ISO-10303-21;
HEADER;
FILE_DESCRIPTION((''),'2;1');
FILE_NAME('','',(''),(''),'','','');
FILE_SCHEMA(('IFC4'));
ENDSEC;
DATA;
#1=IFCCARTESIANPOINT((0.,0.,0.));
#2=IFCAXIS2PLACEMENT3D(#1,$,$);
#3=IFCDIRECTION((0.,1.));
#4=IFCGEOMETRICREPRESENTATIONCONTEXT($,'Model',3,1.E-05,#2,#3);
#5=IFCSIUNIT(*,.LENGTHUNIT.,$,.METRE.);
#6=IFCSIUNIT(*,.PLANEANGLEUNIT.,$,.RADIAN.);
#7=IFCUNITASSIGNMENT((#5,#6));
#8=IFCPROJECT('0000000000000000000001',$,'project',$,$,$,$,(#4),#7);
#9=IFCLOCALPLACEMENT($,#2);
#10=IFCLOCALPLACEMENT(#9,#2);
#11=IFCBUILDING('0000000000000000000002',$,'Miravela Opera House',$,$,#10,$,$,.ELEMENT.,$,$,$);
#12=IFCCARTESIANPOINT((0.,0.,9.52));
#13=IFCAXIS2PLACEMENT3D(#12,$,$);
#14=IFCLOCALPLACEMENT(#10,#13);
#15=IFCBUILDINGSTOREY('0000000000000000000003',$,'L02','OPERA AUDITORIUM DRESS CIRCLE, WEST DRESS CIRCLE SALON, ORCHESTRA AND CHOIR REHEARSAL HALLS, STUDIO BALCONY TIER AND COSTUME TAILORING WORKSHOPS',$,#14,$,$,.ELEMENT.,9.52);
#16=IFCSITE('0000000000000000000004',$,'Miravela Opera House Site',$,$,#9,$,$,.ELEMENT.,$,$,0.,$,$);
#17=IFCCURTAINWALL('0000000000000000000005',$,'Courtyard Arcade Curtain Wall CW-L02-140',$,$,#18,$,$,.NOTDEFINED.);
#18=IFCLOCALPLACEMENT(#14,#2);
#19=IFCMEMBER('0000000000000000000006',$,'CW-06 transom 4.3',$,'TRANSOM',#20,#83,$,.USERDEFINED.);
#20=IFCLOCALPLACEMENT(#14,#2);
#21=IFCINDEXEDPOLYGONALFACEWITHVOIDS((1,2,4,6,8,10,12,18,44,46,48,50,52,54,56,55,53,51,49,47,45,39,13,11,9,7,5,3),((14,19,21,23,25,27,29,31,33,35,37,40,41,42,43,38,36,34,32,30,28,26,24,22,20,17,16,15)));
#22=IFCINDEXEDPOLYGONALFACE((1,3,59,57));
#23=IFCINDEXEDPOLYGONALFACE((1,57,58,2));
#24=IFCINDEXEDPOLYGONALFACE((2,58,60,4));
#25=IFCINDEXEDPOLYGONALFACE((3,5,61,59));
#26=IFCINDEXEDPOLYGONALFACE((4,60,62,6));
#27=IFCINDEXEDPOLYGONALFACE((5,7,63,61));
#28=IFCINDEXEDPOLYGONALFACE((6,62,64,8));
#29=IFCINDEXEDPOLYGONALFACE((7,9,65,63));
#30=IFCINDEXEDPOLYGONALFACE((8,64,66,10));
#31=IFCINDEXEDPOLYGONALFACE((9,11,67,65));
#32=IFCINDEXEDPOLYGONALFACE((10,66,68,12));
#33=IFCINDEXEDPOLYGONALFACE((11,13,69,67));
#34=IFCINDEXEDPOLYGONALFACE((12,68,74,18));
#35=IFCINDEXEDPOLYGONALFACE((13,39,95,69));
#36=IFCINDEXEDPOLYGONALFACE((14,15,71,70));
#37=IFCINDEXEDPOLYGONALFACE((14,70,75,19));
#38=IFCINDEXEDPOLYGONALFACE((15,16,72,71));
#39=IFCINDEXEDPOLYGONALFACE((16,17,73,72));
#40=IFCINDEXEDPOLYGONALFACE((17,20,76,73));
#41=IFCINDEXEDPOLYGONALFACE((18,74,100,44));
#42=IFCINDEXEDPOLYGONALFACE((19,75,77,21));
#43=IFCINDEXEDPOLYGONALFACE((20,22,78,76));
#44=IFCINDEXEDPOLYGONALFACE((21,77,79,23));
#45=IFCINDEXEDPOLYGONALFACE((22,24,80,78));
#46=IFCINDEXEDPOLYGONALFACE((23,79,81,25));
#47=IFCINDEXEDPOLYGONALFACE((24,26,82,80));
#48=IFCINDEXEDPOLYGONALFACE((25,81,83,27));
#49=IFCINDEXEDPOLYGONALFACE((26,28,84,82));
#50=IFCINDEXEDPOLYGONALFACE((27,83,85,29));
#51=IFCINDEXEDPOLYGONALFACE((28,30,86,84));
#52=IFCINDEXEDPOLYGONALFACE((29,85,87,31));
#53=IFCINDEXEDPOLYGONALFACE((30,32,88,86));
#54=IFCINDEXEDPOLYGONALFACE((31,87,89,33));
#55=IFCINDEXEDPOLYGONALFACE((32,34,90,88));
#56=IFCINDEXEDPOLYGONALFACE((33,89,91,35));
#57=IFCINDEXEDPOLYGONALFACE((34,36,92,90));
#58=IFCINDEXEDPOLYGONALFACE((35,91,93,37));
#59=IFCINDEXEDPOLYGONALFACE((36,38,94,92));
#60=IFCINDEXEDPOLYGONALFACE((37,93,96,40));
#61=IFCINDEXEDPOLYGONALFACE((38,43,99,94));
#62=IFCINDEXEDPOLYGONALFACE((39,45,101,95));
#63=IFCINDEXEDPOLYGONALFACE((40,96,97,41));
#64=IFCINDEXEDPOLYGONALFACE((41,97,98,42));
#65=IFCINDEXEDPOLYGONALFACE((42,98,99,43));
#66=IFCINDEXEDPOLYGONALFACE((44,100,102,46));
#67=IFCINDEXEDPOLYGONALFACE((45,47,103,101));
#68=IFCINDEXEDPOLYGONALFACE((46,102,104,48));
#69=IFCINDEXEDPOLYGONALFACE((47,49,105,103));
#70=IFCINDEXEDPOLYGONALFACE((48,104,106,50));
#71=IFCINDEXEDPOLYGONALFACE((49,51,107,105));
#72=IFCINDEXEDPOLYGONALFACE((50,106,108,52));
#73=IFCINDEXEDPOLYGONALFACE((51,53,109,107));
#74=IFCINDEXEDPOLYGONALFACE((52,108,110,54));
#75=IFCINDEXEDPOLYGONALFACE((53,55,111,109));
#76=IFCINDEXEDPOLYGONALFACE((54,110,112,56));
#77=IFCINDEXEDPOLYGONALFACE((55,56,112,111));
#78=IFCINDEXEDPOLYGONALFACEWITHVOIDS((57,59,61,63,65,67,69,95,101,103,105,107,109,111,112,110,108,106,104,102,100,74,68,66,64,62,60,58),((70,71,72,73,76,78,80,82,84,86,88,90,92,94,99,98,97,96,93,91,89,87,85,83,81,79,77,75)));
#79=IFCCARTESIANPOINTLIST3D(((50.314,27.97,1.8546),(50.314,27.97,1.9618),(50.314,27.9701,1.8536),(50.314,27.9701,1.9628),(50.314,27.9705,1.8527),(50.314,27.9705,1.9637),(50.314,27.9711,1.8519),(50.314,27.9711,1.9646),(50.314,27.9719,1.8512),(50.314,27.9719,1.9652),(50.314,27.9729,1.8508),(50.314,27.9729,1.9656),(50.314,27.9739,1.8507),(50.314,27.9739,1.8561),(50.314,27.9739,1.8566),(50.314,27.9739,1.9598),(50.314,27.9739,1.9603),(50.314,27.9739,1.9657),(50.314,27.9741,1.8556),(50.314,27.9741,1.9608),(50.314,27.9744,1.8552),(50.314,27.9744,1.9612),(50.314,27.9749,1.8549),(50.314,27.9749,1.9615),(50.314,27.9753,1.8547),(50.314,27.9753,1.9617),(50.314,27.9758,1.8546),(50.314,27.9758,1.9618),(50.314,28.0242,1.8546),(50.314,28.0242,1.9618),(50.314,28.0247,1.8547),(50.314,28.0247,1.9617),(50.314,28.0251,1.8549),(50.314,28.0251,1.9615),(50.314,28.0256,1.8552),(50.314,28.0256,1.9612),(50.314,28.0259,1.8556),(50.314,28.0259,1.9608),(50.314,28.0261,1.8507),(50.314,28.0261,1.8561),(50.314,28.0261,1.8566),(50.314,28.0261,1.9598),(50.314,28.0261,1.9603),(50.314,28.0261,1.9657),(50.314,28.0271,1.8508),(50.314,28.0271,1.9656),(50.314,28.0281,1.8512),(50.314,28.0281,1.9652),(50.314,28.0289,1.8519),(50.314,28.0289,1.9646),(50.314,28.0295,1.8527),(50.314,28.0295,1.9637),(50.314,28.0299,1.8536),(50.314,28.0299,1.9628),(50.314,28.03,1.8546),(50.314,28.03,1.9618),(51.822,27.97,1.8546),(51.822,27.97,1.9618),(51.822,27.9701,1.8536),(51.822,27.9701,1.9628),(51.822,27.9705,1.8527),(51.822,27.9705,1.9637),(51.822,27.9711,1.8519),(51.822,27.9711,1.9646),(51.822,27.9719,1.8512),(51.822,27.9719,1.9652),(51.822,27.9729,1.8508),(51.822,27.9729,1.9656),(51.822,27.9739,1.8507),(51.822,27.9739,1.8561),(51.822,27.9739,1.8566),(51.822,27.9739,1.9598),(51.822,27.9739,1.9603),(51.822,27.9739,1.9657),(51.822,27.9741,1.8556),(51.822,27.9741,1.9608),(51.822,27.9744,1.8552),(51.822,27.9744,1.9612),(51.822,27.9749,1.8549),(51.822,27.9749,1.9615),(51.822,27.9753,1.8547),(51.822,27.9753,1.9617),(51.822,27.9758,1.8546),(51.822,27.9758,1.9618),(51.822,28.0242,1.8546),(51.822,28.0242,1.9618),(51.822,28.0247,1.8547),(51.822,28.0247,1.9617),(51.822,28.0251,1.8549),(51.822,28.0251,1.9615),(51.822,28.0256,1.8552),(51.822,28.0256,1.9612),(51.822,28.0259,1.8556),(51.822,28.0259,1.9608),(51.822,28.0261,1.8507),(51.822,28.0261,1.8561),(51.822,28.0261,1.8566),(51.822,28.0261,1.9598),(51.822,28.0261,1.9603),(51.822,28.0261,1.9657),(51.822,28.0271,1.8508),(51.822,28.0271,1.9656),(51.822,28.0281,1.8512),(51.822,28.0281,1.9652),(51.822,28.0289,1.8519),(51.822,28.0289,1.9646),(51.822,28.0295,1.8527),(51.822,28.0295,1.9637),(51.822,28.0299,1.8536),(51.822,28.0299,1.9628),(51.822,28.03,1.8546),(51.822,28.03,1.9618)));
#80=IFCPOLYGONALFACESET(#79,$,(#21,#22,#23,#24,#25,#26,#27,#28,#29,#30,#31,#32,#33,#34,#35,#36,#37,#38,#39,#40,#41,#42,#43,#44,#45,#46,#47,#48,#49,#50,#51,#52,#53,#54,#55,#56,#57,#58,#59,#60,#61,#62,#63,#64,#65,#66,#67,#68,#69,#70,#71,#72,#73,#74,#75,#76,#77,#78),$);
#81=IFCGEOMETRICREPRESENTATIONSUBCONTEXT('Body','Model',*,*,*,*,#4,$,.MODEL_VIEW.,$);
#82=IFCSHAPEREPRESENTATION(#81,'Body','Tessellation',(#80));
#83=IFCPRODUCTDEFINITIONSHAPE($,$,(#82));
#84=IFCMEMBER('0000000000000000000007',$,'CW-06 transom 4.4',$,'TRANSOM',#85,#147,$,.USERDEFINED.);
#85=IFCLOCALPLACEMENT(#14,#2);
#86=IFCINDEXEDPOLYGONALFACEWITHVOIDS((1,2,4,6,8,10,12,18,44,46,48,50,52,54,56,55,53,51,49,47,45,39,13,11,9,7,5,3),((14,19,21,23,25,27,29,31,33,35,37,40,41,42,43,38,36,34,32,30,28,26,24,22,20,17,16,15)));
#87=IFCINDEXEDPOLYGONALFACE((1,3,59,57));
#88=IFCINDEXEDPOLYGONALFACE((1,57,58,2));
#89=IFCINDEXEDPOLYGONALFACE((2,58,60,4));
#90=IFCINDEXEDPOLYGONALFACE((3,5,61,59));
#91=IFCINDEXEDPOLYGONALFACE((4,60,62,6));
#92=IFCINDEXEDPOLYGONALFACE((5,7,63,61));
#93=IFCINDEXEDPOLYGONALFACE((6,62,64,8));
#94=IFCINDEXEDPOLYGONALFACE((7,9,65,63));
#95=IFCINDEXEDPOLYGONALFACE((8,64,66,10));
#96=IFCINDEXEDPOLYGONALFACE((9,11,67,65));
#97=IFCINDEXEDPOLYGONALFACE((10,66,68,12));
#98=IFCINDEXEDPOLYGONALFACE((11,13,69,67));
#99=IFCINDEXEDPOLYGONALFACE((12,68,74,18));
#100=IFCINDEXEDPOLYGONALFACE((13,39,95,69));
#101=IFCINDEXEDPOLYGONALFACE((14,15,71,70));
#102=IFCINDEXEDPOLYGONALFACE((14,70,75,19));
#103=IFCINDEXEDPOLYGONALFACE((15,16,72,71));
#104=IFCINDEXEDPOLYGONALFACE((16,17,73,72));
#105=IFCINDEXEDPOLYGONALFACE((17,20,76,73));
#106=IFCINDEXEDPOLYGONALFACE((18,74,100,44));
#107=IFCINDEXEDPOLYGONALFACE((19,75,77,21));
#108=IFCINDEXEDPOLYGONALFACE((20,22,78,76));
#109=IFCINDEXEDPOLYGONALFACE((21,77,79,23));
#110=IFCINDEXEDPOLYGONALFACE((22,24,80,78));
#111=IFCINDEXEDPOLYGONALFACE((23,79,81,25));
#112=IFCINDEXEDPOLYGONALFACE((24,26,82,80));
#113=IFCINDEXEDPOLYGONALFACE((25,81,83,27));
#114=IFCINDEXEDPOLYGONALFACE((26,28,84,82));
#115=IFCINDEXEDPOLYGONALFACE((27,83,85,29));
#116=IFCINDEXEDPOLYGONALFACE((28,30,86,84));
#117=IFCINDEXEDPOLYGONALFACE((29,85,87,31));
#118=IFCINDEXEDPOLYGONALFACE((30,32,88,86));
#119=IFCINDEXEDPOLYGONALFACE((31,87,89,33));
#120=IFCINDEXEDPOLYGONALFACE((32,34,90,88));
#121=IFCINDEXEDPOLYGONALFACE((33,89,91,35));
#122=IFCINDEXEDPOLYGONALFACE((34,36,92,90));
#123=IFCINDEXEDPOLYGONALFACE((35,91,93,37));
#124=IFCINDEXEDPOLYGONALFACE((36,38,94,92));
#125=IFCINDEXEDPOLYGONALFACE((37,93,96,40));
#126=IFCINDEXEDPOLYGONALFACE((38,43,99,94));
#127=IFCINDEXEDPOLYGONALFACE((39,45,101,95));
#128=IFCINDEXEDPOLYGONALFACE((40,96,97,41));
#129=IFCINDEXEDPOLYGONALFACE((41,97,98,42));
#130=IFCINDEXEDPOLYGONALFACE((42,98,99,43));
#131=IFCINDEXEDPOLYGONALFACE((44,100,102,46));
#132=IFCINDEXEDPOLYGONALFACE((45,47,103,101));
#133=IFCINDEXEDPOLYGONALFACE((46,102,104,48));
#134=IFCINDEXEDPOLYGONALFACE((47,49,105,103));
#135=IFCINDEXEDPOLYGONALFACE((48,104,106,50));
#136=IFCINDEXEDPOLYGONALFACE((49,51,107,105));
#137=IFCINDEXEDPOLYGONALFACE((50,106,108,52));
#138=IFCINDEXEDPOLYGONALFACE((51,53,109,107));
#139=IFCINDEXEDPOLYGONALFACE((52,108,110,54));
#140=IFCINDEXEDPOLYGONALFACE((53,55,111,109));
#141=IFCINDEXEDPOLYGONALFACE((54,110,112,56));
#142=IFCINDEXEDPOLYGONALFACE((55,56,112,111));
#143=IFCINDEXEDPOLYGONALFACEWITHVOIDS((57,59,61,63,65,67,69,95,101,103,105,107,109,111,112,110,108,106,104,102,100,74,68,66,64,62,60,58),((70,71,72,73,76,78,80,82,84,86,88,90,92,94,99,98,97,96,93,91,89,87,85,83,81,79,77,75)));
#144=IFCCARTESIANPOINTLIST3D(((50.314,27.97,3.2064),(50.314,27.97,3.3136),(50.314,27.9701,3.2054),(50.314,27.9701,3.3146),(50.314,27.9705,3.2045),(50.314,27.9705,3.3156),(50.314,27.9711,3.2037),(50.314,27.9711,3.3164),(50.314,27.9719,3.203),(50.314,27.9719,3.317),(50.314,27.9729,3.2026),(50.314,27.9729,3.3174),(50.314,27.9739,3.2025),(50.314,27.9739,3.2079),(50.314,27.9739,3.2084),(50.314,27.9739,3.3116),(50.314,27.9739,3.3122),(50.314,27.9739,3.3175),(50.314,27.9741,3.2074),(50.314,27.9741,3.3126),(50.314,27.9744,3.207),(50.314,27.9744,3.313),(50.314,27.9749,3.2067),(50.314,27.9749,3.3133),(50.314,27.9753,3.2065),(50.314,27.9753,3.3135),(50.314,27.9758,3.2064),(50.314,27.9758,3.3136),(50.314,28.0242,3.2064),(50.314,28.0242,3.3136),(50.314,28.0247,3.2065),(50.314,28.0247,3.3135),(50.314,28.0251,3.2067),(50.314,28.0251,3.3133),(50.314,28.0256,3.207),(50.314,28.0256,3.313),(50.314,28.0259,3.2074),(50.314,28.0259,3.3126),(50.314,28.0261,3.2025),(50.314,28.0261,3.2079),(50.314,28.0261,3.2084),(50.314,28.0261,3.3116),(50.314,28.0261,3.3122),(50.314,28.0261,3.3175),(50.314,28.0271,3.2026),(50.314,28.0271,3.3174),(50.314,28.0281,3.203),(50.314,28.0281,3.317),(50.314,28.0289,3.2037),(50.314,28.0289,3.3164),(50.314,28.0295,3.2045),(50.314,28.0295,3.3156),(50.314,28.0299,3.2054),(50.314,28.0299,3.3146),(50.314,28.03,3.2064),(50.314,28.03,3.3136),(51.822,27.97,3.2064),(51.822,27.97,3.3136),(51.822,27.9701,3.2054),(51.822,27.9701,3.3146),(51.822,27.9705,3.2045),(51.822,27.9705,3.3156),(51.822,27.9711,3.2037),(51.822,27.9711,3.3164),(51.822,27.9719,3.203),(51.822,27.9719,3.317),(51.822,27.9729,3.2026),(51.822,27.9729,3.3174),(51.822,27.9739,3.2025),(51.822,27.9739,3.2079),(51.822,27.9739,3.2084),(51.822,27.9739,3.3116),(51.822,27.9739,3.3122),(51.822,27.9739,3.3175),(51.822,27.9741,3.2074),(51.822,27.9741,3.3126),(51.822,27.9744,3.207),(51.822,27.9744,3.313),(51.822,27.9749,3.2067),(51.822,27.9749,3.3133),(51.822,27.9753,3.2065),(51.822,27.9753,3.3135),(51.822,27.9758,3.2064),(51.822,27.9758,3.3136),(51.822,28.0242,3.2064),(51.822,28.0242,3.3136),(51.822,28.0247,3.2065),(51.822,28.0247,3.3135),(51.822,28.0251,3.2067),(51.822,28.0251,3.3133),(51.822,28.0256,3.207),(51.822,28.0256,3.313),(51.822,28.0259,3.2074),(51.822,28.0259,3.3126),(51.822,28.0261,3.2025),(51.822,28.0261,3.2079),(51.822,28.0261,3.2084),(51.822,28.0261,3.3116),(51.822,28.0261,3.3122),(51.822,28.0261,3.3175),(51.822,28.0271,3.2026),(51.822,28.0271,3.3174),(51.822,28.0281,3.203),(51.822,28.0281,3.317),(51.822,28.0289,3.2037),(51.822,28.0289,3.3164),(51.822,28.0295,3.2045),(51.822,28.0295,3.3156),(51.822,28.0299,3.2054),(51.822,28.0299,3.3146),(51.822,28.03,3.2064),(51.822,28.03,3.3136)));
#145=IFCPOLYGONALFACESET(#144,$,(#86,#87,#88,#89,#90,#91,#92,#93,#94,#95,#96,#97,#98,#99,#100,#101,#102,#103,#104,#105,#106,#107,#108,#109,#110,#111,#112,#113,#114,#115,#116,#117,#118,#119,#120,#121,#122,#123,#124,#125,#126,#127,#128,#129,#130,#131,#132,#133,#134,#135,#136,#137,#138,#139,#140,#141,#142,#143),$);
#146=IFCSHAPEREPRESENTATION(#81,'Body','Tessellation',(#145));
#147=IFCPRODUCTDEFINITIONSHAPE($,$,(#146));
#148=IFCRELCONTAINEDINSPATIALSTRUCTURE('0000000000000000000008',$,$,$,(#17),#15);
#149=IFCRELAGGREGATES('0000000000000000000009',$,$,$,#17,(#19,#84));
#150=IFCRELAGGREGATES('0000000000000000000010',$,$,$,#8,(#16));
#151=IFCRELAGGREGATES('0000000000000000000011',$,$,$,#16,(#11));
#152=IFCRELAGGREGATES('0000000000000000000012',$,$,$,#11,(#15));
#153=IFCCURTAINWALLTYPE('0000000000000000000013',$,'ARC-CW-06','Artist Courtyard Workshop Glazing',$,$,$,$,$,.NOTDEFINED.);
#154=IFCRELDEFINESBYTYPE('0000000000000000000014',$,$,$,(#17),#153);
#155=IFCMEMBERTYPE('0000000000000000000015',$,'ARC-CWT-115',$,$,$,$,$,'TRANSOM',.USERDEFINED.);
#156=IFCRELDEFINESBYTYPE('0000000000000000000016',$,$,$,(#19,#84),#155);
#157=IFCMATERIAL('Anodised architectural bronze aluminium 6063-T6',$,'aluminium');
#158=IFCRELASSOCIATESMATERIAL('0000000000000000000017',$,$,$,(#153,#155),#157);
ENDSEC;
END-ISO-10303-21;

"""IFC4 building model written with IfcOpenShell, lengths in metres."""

from ifc_helpers import new_model, si_unit, direction, frame, origin, origin_2d, place, context, subcontext, project, spatial, hollow_rectangle, extrude, material, material_profile, profile_set, type_object, element, aggregate, save


model = new_model("IFC4")

# Units and contexts
model_context = context("Model", 3, precision=1e-05, world=origin(), true_north=direction((0.0, 1.0)))
body_context = subcontext(model_context, "Body", "Model", "MODEL_VIEW")
ifc_project = project(units=[si_unit("LENGTHUNIT", "METRE"), si_unit("PLANEANGLEUNIT", "RADIAN")], contexts=[model_context])

# Site, building, storey
site_placement = place(None, origin())
site = spatial("IfcSite", under=ifc_project, at=site_placement, Name="Miravela Opera House Site", CompositionType="ELEMENT", RefElevation=0.0)
building_placement = place(site_placement, origin())
building = spatial("IfcBuilding", under=site, at=building_placement, Name="Miravela Opera House", CompositionType="ELEMENT")
storey_placement = place(building_placement, frame((0.0, 0.0, 9.52)))
storey = spatial("IfcBuildingStorey", under=building, at=storey_placement, Name="L02", Description="OPERA AUDITORIUM DRESS CIRCLE, WEST DRESS CIRCLE SALON, ORCHESTRA AND CHOIR REHEARSAL HALLS, STUDIO BALCONY TIER AND COSTUME TAILORING WORKSHOPS", CompositionType="ELEMENT", Elevation=9.52)

# Curtain wall
ifc_material_1 = material(Name="Anodised architectural bronze aluminium 6063-T6", Category="aluminium")
curtain_wall_type = type_object("IfcCurtainWallType", Name="ARC-CW-06", Description="Artist Courtyard Workshop Glazing", PredefinedType="NOTDEFINED", material=ifc_material_1)
curtain_wall_1_placement = place(storey_placement, origin())
curtain_wall_1 = element("IfcCurtainWall", 1, at=curtain_wall_1_placement, inside=storey, type_object=curtain_wall_type, Name="Courtyard Arcade Curtain Wall CW-L02-140", PredefinedType="NOTDEFINED")

# Members
ifc_material_profile_1 = material_profile(ifc_material_1, hollow_rectangle(XDim=0.0601, YDim=0.115, WallThickness=0.0039, InnerFilletRadius=0.002, OuterFilletRadius=0.0039, at=origin_2d()), Name="CWT-60X115")
ifc_profile_set_1 = profile_set([ifc_material_profile_1])
member_type_1 = type_object("IfcMemberType", Name="ARC-CWT-115", ElementType="TRANSOM", PredefinedType="USERDEFINED", material=ifc_profile_set_1)
member_1_placement = place(storey_placement, frame((50.314, 28.0, 1.9082), z_axis=(1.0, 0.0, 0.0), x_axis=(0.0, 1.0, 0.0)))
member_1 = element("IfcMember", 2, at=member_1_placement, type_object=member_type_1, Name="CW-06 transom 4.3", ObjectType="TRANSOM", PredefinedType="USERDEFINED", context=body_context, shape_type="SweptSolid", body=[
    extrude(hollow_rectangle(XDim=0.0601, YDim=0.115, WallThickness=0.0039, InnerFilletRadius=0.002, OuterFilletRadius=0.0039, at=origin_2d()), origin(), (0.0, 0.0, 1.0), 1.5081),
])
member_2_placement = place(storey_placement, frame((50.314, 28.0, 3.26), z_axis=(1.0, 0.0, 0.0), x_axis=(0.0, 1.0, 0.0)))
member_2 = element("IfcMember", 3, at=member_2_placement, type_object=member_type_1, Name="CW-06 transom 4.4", ObjectType="TRANSOM", PredefinedType="USERDEFINED", context=body_context, shape_type="SweptSolid", body=[
    extrude(hollow_rectangle(XDim=0.0601, YDim=0.115, WallThickness=0.0039, InnerFilletRadius=0.002, OuterFilletRadius=0.0039, at=origin_2d()), origin(), (0.0, 0.0, 1.0), 1.5081),
])

aggregate(curtain_wall_1, [member_1, member_2])

save(model, "model.ifc")
